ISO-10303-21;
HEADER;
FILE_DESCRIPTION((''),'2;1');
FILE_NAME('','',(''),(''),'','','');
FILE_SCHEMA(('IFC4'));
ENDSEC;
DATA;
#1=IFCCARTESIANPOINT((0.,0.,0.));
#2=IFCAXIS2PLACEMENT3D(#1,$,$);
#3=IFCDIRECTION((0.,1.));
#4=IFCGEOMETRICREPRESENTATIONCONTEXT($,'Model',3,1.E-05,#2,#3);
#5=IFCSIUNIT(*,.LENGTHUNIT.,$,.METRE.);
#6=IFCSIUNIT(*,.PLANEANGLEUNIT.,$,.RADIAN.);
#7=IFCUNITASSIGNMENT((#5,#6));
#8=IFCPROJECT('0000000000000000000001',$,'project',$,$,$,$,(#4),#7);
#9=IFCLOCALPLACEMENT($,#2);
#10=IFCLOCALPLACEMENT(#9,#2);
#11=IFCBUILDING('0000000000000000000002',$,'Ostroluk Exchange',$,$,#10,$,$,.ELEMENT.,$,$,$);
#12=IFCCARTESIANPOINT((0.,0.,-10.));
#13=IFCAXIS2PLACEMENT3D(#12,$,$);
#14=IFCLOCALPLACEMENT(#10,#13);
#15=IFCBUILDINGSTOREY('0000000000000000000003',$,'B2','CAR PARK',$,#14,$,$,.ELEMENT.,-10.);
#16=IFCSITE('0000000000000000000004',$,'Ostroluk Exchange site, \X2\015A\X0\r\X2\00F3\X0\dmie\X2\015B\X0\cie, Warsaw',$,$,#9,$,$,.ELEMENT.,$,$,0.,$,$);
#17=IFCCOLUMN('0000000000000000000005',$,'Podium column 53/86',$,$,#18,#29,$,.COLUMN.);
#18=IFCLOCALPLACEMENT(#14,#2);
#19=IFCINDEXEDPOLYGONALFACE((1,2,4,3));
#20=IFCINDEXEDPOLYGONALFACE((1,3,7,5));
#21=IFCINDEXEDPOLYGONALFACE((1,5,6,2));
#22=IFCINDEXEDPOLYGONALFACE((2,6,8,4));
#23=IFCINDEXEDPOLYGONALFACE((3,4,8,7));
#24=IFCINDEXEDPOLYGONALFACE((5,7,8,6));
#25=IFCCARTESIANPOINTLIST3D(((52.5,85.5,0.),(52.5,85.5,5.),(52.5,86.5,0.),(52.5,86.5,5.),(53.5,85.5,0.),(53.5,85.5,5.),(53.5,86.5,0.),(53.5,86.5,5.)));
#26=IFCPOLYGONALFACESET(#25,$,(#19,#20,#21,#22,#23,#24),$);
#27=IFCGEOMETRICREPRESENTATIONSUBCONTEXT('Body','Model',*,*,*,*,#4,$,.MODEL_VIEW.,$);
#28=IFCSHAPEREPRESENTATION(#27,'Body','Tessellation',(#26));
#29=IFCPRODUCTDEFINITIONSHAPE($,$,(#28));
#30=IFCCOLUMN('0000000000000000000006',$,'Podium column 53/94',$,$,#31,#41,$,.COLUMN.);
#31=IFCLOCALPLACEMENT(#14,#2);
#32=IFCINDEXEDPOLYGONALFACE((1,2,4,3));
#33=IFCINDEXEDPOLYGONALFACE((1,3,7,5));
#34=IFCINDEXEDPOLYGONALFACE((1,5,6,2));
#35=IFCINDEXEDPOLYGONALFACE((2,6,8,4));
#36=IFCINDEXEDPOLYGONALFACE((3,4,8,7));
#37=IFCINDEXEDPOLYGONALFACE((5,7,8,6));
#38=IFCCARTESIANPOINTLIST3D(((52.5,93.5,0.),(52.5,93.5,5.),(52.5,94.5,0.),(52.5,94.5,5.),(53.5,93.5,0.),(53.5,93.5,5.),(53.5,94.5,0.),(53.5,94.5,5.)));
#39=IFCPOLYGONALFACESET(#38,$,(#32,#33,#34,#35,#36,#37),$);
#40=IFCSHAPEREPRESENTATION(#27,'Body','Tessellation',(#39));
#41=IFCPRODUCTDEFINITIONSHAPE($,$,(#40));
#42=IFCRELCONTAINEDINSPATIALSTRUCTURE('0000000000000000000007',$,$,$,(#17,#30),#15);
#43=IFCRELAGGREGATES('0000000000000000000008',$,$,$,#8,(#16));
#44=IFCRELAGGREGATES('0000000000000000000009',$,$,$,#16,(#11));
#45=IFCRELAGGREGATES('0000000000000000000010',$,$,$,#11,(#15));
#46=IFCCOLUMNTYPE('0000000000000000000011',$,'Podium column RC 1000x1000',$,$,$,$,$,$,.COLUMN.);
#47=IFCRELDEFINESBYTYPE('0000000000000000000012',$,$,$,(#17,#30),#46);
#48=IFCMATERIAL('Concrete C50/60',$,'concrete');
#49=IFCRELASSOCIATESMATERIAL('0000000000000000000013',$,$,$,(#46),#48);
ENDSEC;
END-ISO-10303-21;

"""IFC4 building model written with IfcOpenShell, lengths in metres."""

from ifc_helpers import new_model, si_unit, direction, frame, origin, origin_2d, place, context, subcontext, project, spatial, rectangle, extrude, material, material_profile, profile_set, type_object, element, save


model = new_model("IFC4")

# Units and contexts
model_context = context("Model", 3, precision=1e-05, world=origin(), true_north=direction((0.0, 1.0)))
body_context = subcontext(model_context, "Body", "Model", "MODEL_VIEW")
ifc_project = project(units=[si_unit("LENGTHUNIT", "METRE"), si_unit("PLANEANGLEUNIT", "RADIAN")], contexts=[model_context])

# Site, building, storey
site_placement = place(None, origin())
site = spatial("IfcSite", under=ifc_project, at=site_placement, Name="Ostroluk Exchange site, Śródmieście, Warsaw", CompositionType="ELEMENT", RefElevation=0.0)
building_placement = place(site_placement, origin())
building = spatial("IfcBuilding", under=site, at=building_placement, Name="Ostroluk Exchange", CompositionType="ELEMENT")
storey_placement = place(building_placement, frame((0.0, 0.0, -10.0)))
storey = spatial("IfcBuildingStorey", under=building, at=storey_placement, Name="B2", Description="CAR PARK", CompositionType="ELEMENT", Elevation=-10.0)

# Columns
ifc_material_1 = material(Name="Concrete C50/60", Category="concrete")
ifc_material_profile = material_profile(ifc_material_1, rectangle(XDim=1.0, YDim=1.0, at=origin_2d()), Name="RC 1000x1000")
ifc_profile_set = profile_set([ifc_material_profile], Name="Concrete C50/60")
column_type = type_object("IfcColumnType", Name="Podium column RC 1000x1000", PredefinedType="COLUMN", material=ifc_profile_set)
for number, where, z_axis, x_axis, name in (
    (1, (53.0, 86.0, 0.0), (0.0, 0.0, 1.0), (1.0, 0.0, 0.0), "Podium column 53/86"),
    (2, (53.0, 94.0, 0.0), (0.0, 0.0, 1.0), (1.0, 0.0, 0.0), "Podium column 53/94"),
):
    element("IfcColumn", number, at=place(storey_placement, frame(where, z_axis=z_axis, x_axis=x_axis)), inside=storey, type_object=column_type, Name=name, PredefinedType="COLUMN", context=body_context, shape_type="SweptSolid", body=[
        extrude(rectangle(XDim=1.0, YDim=1.0, at=origin_2d()), origin(), (0.0, 0.0, 1.0), 5.0),
    ])

save(model, "model.ifc")
